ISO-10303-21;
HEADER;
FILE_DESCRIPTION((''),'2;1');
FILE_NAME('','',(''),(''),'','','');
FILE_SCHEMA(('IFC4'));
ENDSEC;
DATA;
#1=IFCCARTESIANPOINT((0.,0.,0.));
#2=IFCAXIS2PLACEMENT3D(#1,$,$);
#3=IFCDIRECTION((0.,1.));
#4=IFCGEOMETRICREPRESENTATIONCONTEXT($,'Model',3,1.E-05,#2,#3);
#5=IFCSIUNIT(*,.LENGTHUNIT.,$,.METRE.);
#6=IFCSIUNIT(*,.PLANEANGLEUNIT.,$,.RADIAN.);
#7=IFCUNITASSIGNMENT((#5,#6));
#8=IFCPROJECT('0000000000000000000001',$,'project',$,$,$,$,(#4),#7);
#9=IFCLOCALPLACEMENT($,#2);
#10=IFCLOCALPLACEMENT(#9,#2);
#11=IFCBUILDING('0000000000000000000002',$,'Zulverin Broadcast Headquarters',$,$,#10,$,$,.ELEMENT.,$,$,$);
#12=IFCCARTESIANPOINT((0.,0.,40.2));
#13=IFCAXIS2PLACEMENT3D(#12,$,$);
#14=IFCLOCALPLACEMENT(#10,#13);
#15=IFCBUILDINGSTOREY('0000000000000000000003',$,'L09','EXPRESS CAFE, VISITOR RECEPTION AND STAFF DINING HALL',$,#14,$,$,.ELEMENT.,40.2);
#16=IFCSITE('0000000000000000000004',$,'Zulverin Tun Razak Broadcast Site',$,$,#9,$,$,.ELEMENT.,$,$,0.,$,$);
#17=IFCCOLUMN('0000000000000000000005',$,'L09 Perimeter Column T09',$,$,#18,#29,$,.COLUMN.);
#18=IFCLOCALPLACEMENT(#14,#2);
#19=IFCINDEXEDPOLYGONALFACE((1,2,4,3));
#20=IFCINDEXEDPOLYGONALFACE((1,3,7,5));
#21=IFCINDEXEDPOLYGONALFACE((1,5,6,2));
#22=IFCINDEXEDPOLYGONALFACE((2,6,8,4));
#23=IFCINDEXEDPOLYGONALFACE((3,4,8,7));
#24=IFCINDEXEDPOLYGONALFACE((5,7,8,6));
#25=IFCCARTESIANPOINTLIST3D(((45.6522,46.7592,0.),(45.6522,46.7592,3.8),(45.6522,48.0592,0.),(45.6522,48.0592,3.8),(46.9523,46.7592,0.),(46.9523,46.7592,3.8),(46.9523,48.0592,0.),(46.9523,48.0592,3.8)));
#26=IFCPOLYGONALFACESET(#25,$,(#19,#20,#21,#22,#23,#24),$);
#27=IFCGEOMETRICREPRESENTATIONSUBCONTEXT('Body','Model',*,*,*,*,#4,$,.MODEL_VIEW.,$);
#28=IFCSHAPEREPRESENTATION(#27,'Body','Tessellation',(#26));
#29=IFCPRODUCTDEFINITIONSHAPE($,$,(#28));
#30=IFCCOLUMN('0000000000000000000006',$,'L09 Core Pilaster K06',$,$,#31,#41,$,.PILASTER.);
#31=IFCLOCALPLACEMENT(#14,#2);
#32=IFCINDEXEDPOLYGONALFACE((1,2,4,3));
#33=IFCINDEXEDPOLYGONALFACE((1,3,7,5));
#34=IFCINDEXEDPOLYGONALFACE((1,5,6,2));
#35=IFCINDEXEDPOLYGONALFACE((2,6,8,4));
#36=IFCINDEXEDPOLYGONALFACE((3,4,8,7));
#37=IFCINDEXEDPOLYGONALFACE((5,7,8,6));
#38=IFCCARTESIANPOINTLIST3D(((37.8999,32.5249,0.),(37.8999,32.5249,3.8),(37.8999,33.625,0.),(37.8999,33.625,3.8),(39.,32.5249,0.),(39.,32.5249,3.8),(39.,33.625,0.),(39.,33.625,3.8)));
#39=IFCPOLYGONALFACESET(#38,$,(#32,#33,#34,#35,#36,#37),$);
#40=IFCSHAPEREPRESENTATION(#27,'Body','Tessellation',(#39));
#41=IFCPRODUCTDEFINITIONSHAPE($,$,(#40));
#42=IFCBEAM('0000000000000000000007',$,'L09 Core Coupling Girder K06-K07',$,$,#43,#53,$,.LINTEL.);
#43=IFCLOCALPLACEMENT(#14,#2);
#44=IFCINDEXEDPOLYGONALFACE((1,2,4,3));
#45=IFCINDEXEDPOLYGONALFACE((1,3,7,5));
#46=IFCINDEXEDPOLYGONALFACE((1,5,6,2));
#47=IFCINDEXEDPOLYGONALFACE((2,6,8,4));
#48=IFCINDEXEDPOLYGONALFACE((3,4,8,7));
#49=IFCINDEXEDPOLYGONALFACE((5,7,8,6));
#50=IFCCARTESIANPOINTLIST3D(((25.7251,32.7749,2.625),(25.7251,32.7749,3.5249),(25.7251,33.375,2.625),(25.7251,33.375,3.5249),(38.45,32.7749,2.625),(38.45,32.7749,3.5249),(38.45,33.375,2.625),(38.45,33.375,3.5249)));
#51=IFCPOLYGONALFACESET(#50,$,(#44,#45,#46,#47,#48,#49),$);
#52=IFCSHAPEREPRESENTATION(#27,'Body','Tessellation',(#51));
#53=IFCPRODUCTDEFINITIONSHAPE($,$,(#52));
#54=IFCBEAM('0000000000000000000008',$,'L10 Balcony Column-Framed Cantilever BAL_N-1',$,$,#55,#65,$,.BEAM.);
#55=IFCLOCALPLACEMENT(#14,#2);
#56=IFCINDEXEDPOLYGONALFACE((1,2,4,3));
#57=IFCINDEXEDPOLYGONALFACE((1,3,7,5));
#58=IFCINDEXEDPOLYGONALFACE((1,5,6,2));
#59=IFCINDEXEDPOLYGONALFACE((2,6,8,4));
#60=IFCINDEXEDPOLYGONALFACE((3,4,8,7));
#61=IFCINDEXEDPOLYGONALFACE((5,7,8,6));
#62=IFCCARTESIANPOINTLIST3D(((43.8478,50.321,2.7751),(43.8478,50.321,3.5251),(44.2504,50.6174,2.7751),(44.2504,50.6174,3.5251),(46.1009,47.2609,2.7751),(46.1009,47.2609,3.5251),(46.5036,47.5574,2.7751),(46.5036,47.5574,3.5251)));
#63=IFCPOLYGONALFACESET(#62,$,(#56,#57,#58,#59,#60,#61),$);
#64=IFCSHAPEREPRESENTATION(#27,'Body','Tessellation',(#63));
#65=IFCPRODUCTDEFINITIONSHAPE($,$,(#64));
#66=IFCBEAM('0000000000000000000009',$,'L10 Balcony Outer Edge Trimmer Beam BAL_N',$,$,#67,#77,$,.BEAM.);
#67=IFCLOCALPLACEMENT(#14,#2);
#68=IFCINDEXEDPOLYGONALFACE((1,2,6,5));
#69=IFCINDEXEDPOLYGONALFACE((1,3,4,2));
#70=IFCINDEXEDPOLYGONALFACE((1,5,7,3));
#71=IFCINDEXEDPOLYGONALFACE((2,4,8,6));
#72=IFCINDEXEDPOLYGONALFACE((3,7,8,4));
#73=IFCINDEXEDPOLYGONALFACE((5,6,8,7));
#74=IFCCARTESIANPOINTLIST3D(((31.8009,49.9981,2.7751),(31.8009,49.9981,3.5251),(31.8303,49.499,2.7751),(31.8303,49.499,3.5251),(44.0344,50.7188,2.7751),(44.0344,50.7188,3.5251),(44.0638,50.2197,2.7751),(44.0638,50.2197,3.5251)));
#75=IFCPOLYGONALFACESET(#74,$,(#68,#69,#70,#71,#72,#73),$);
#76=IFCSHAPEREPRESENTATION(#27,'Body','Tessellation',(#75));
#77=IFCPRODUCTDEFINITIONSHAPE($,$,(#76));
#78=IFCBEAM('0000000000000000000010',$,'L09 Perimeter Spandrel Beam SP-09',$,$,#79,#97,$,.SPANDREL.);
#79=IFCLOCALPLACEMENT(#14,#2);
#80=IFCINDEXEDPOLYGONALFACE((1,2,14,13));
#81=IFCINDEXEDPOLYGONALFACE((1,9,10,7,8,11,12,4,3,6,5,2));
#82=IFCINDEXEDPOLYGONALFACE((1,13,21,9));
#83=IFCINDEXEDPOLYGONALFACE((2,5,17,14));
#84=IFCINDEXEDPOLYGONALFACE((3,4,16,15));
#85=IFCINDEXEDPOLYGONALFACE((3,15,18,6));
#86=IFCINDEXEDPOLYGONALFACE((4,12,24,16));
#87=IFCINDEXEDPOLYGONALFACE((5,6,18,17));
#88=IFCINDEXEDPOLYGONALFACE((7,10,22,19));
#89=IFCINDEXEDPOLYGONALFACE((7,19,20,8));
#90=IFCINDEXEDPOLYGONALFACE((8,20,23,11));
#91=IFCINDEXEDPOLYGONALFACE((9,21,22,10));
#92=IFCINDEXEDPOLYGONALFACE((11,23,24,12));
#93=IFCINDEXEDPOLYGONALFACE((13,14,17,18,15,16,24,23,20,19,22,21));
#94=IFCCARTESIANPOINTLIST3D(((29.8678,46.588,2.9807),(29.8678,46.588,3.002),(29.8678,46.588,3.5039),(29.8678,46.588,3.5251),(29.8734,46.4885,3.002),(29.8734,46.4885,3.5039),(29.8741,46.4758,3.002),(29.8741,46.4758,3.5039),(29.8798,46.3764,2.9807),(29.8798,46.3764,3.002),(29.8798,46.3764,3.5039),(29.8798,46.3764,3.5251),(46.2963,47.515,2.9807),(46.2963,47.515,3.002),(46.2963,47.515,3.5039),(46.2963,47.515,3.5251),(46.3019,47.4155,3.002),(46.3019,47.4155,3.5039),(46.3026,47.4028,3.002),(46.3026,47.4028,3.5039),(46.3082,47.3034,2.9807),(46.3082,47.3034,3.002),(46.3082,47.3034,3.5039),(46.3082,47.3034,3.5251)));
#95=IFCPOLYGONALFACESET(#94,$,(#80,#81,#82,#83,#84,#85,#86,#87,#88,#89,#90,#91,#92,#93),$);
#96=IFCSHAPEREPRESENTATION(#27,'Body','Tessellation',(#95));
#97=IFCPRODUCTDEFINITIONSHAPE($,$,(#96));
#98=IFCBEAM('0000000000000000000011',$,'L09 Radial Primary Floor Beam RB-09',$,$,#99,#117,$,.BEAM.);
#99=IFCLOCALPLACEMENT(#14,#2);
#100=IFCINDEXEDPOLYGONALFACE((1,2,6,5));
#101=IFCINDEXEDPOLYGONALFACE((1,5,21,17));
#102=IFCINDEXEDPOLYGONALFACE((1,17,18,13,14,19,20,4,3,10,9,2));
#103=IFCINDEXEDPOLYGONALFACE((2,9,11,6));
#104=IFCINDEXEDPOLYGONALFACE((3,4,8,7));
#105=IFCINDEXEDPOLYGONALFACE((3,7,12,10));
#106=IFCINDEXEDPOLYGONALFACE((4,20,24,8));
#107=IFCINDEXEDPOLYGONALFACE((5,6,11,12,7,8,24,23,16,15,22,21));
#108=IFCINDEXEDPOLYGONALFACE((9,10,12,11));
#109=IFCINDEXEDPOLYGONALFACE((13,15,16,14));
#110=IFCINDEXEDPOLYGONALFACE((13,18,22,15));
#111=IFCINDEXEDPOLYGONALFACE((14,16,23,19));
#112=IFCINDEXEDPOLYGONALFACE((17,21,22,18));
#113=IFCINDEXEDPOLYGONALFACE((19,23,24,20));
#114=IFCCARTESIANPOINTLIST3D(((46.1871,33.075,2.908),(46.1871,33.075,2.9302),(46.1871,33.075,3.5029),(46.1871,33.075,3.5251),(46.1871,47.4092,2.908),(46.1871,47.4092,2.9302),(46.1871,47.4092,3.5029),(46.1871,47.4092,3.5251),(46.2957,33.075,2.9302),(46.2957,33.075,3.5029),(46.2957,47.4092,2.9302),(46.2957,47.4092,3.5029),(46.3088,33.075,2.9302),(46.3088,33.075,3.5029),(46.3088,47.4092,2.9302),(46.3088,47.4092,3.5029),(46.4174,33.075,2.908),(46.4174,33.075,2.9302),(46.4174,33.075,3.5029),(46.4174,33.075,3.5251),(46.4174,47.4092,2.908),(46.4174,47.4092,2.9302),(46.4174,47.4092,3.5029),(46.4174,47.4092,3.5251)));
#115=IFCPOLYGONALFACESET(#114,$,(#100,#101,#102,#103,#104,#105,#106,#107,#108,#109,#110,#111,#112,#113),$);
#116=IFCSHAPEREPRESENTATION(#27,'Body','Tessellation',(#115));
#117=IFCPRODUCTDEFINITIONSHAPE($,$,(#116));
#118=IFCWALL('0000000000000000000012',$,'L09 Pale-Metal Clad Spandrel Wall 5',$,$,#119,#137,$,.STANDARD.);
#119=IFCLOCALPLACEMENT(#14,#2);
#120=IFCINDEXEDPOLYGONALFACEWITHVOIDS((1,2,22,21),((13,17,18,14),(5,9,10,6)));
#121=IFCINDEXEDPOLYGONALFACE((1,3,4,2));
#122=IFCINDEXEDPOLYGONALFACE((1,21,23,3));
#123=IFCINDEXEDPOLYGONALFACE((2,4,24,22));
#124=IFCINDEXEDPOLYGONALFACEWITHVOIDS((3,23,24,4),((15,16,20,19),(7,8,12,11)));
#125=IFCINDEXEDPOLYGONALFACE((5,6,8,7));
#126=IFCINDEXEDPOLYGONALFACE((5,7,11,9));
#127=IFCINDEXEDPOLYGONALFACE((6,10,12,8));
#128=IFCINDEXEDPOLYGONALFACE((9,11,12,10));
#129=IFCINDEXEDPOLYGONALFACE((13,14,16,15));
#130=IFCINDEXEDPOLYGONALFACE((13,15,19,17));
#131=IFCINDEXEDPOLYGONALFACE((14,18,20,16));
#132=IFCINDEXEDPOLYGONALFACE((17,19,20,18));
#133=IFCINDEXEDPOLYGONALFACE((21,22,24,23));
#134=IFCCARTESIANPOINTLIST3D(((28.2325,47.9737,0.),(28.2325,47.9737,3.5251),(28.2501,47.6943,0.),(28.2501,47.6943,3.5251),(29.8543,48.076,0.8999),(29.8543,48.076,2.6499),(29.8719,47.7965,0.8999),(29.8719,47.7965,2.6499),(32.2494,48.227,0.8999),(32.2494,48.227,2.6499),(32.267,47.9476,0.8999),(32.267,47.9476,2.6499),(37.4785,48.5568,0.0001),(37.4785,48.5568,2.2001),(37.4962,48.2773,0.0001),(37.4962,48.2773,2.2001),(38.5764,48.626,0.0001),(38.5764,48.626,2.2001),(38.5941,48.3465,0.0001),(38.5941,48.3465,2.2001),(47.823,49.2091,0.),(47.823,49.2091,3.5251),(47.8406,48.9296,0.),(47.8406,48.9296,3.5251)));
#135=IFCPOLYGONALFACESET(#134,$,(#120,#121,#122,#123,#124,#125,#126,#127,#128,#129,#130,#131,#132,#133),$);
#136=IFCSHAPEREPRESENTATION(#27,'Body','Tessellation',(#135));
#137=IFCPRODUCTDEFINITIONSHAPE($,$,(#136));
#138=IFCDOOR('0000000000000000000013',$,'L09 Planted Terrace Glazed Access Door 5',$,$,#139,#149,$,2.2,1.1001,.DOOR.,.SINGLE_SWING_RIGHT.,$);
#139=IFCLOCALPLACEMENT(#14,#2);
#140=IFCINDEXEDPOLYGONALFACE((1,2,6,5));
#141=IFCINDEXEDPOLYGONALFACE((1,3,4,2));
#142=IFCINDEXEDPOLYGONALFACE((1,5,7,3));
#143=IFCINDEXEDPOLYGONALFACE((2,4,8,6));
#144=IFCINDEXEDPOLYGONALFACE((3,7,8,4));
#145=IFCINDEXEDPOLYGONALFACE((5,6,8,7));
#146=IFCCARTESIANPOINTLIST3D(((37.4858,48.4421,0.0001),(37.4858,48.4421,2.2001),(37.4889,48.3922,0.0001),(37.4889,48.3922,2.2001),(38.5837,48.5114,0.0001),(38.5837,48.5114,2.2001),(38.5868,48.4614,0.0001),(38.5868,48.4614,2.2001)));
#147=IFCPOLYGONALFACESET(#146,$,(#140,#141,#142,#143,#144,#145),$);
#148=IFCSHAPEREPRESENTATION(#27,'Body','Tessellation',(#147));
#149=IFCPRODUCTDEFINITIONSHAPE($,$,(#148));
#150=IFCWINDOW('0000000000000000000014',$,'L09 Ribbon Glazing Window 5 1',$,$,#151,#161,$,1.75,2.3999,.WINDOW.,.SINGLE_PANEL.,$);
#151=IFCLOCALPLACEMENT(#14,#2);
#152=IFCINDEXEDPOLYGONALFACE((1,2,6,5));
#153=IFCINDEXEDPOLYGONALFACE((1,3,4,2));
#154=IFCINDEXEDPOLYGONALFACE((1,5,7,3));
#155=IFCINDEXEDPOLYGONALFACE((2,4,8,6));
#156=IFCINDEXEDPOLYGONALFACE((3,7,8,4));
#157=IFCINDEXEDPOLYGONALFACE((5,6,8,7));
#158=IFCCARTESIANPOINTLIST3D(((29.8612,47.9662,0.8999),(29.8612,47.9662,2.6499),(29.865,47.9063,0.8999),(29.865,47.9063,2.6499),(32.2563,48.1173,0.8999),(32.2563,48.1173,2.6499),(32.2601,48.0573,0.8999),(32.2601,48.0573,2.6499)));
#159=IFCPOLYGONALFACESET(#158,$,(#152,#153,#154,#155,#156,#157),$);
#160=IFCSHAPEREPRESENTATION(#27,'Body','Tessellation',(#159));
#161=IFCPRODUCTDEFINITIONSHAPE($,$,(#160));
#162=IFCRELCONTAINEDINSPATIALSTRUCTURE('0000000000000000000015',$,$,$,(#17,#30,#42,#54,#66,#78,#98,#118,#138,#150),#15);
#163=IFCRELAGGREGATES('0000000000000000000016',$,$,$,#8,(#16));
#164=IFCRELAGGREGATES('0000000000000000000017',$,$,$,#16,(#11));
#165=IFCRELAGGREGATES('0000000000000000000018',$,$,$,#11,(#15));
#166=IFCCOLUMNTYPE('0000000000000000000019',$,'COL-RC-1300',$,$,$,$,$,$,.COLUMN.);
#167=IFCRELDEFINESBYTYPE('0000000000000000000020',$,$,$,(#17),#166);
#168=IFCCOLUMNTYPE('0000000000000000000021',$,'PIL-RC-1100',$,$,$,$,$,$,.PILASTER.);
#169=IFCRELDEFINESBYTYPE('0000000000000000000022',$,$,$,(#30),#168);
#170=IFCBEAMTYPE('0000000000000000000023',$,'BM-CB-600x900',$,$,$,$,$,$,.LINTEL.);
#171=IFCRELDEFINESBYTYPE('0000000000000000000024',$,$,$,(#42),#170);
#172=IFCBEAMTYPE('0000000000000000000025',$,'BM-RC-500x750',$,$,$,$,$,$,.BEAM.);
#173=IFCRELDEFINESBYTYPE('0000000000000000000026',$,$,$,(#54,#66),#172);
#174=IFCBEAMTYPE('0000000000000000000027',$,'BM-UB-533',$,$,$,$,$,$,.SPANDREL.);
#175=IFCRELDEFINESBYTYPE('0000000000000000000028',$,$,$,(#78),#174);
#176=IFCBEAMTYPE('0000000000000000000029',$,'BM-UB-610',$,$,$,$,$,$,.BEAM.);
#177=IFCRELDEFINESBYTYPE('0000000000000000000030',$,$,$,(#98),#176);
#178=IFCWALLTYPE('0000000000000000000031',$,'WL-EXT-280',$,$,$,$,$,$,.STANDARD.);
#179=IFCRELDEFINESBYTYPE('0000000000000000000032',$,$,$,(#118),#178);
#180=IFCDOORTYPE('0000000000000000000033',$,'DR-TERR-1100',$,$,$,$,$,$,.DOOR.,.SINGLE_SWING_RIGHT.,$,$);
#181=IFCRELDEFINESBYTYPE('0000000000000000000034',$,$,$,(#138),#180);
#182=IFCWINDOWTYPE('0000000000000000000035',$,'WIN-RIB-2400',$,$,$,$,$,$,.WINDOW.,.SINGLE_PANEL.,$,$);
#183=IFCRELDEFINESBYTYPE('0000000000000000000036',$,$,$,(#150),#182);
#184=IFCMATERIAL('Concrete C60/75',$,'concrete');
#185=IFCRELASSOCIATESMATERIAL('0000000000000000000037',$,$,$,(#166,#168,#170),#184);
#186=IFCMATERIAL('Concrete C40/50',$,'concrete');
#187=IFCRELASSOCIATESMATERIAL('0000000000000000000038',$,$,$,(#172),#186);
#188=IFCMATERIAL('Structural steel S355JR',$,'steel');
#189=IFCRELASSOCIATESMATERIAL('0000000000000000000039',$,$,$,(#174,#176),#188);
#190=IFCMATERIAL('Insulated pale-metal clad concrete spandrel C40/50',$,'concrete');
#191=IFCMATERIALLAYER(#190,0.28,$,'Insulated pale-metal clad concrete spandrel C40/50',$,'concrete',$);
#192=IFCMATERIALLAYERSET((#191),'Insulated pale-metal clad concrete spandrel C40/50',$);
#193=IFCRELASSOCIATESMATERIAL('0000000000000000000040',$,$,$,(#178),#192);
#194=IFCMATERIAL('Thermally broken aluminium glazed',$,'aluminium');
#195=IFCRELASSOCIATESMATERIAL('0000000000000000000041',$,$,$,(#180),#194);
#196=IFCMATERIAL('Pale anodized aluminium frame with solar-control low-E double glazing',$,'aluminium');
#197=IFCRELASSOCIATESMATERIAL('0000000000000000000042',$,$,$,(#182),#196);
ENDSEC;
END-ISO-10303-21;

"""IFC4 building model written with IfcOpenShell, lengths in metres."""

from ifc_helpers import new_model, si_unit, direction, frame, frame_2d, origin, origin_2d, place, context, subcontext, project, spatial, rectangle, i_section, extrude, material, layer, layer_set, material_profile, profile_set, type_object, element, fill, save


model = new_model("IFC4")

# Units and contexts
model_context = context("Model", 3, precision=1e-05, world=origin(), true_north=direction((0.0, 1.0)))
body_context = subcontext(model_context, "Body", "Model", "MODEL_VIEW")
ifc_project = project(units=[si_unit("LENGTHUNIT", "METRE"), si_unit("PLANEANGLEUNIT", "RADIAN")], contexts=[model_context])

# Site, building, storey
site_placement = place(None, origin())
site = spatial("IfcSite", under=ifc_project, at=site_placement, Name="Zulverin Tun Razak Broadcast Site", CompositionType="ELEMENT", RefElevation=0.0)
building_placement = place(site_placement, origin())
building = spatial("IfcBuilding", under=site, at=building_placement, Name="Zulverin Broadcast Headquarters", CompositionType="ELEMENT")
storey_placement = place(building_placement, frame((0.0, 0.0, 40.2)))
storey = spatial("IfcBuildingStorey", under=building, at=storey_placement, Name="L09", Description="EXPRESS CAFE, VISITOR RECEPTION AND STAFF DINING HALL", CompositionType="ELEMENT", Elevation=40.2)

# Columns
ifc_material_1 = material(Name="Concrete C60/75", Category="concrete")
ifc_material_profile_1 = material_profile(ifc_material_1, rectangle(XDim=1.3, YDim=1.3, at=origin_2d()), Name="Concrete C60/75", Category="concrete")
ifc_profile_set_1 = profile_set([ifc_material_profile_1], Name="Concrete C60/75")
column_type_1 = type_object("IfcColumnType", Name="COL-RC-1300", PredefinedType="COLUMN", material=ifc_profile_set_1)
column_1_placement = place(storey_placement, frame((46.3022, 47.4092, 0.0), z_axis=(0.0, 0.0, 1.0), x_axis=(1.0, 0.0, 0.0)))
element("IfcColumn", 1, at=column_1_placement, inside=storey, type_object=column_type_1, Name="L09 Perimeter Column T09", PredefinedType="COLUMN", context=body_context, shape_type="SweptSolid", body=[
    extrude(rectangle(XDim=1.3, YDim=1.3, at=origin_2d()), origin(), (0.0, 0.0, 1.0), 3.8),
])
ifc_material_profile_2 = material_profile(ifc_material_1, rectangle(XDim=1.1001, YDim=1.1001, at=origin_2d()), Name="Concrete C60/75", Category="concrete")
ifc_profile_set_2 = profile_set([ifc_material_profile_2], Name="Concrete C60/75")
column_type_2 = type_object("IfcColumnType", Name="PIL-RC-1100", PredefinedType="PILASTER", material=ifc_profile_set_2)
column_2_placement = place(storey_placement, frame((38.45, 33.075, 0.0), z_axis=(0.0, 0.0, 1.0), x_axis=(1.0, 0.0, 0.0)))
element("IfcColumn", 2, at=column_2_placement, inside=storey, type_object=column_type_2, Name="L09 Core Pilaster K06", PredefinedType="PILASTER", context=body_context, shape_type="SweptSolid", body=[
    extrude(rectangle(XDim=1.1001, YDim=1.1001, at=origin_2d()), origin(), (0.0, 0.0, 1.0), 3.8),
])

# Beams
ifc_material_profile_3 = material_profile(ifc_material_1, rectangle(XDim=0.6001, YDim=0.8999, at=origin_2d()), Name="Concrete C60/75", Category="concrete")
ifc_profile_set_3 = profile_set([ifc_material_profile_3], Name="Concrete C60/75")
beam_type_1 = type_object("IfcBeamType", Name="BM-CB-600x900", PredefinedType="LINTEL", material=ifc_profile_set_3)
beam_1_placement = place(storey_placement, frame((38.45, 33.075, 3.075), z_axis=(-1.0, 0.0, 0.0), x_axis=(0.0, -1.0, 0.0)))
element("IfcBeam", 3, at=beam_1_placement, inside=storey, type_object=beam_type_1, Name="L09 Core Coupling Girder K06-K07", PredefinedType="LINTEL", context=body_context, shape_type="SweptSolid", body=[
    extrude(rectangle(XDim=0.6001, YDim=0.8999, at=origin_2d()), origin(), (0.0, 0.0, 1.0), 12.7249),
])
ifc_material_2 = material(Name="Concrete C40/50", Category="concrete")
ifc_material_profile_4 = material_profile(ifc_material_2, rectangle(XDim=0.5, YDim=0.75, at=origin_2d()), Name="Concrete C40/50", Category="concrete")
ifc_profile_set_4 = profile_set([ifc_material_profile_4], Name="Concrete C40/50")
beam_type_2 = type_object("IfcBeamType", Name="BM-RC-500x750", PredefinedType="BEAM", material=ifc_profile_set_4)
beam_2_placement = place(storey_placement, frame((46.3022, 47.4092, 3.1501), z_axis=(-0.592925, 0.805258, 0.0), x_axis=(-0.805258, -0.592925, 0.0)))
element("IfcBeam", 4, at=beam_2_placement, inside=storey, type_object=beam_type_2, Name="L10 Balcony Column-Framed Cantilever BAL_N-1", PredefinedType="BEAM", context=body_context, shape_type="SweptSolid", body=[
    extrude(rectangle(XDim=0.5, YDim=0.75, at=origin_2d()), origin(), (0.0, 0.0, 1.0), 3.8),
])
beam_3_placement = place(storey_placement, frame((44.0491, 50.4692, 3.1501), z_axis=(-0.998269, -0.058811, 0.0), x_axis=(0.058811, -0.998269, 0.0)))
element("IfcBeam", 5, at=beam_3_placement, inside=storey, type_object=beam_type_2, Name="L10 Balcony Outer Edge Trimmer Beam BAL_N", PredefinedType="BEAM", context=body_context, shape_type="SweptSolid", body=[
    extrude(rectangle(XDim=0.5, YDim=0.75, at=origin_2d()), origin(), (0.0, 0.0, 1.0), 12.2546),
])
ifc_material_3 = material(Name="Structural steel S355JR", Category="steel")
ifc_material_profile_5 = material_profile(ifc_material_3, i_section(OverallWidth=0.2119, OverallDepth=0.5444, WebThickness=0.0127, FlangeThickness=0.0212, at=origin_2d()), Name="Structural steel S355JR", Category="steel")
ifc_profile_set_5 = profile_set([ifc_material_profile_5], Name="Structural steel S355JR")
beam_type_3 = type_object("IfcBeamType", Name="BM-UB-533", PredefinedType="SPANDREL", material=ifc_profile_set_5)
beam_4_placement = place(storey_placement, frame((46.3022, 47.4092, 3.2529), z_axis=(-0.998412, -0.056337, 0.0), x_axis=(0.056337, -0.998412, 0.0)))
element("IfcBeam", 6, at=beam_4_placement, inside=storey, type_object=beam_type_3, Name="L09 Perimeter Spandrel Beam SP-09", PredefinedType="SPANDREL", context=body_context, shape_type="SweptSolid", body=[
    extrude(i_section(OverallWidth=0.2119, OverallDepth=0.5444, WebThickness=0.0127, FlangeThickness=0.0212, at=origin_2d()), origin(), (0.0, 0.0, 1.0), 16.4546),
])
ifc_material_profile_6 = material_profile(ifc_material_3, i_section(OverallWidth=0.2302, OverallDepth=0.6172, WebThickness=0.0132, FlangeThickness=0.0222, at=origin_2d()), Name="Structural steel S355JR", Category="steel")
ifc_profile_set_6 = profile_set([ifc_material_profile_6], Name="Structural steel S355JR")
beam_type_4 = type_object("IfcBeamType", Name="BM-UB-610", PredefinedType="BEAM", material=ifc_profile_set_6)
beam_5_placement = place(storey_placement, frame((46.3022, 33.075, 3.2166), z_axis=(0.0, 1.0, 0.0), x_axis=(-1.0, 0.0, 0.0)))
element("IfcBeam", 7, at=beam_5_placement, inside=storey, type_object=beam_type_4, Name="L09 Radial Primary Floor Beam RB-09", PredefinedType="BEAM", context=body_context, shape_type="SweptSolid", body=[
    extrude(i_section(OverallWidth=0.2302, OverallDepth=0.6172, WebThickness=0.0132, FlangeThickness=0.0222, at=origin_2d()), origin(), (0.0, 0.0, 1.0), 14.3342),
])

# Wall, openings, door, window
ifc_material_4 = material(Name="Insulated pale-metal clad concrete spandrel C40/50", Category="concrete")
ifc_layer_1 = layer(ifc_material_4, 0.28, Name="Insulated pale-metal clad concrete spandrel C40/50", Category="concrete")
ifc_layer_set_1 = layer_set([ifc_layer_1], Name="Insulated pale-metal clad concrete spandrel C40/50")
wall_type_1 = type_object("IfcWallType", Name="WL-EXT-280", PredefinedType="STANDARD", material=ifc_layer_set_1)
wall_1_placement = place(storey_placement, frame((47.8318, 49.0693, 0.0), z_axis=(0.0, 0.0, 1.0), x_axis=(-0.998018, -0.062933, 0.0)))
wall_1 = element("IfcWall", 8, at=wall_1_placement, inside=storey, type_object=wall_type_1, Name="L09 Pale-Metal Clad Spandrel Wall 5", PredefinedType="STANDARD", context=body_context, shape_type="SweptSolid", body=[
    extrude(rectangle(XDim=19.6294, YDim=0.28, at=frame_2d((9.8147, 0.0))), origin(), (0.0, 0.0, 1.0), 3.5251),
])
opening_1_placement = place(wall_1_placement, frame((9.2649, 0.0, 0.0)))
opening_1 = element("IfcOpeningElement", 9, at=opening_1_placement, cuts=wall_1, PredefinedType="OPENING", context=body_context, shape_type="SweptSolid", body=[
    extrude(rectangle(XDim=1.1001, YDim=2.2, at=frame_2d((0.55, 1.1001))), frame((0.0, 0.1499, 0.0), z_axis=(0.0, -1.0, 0.0), x_axis=(1.0, 0.0, 0.0)), (0.0, 0.0, 1.0), 0.3),
])
opening_2_placement = place(wall_1_placement, frame((15.6045, 0.0, 0.8999)))
opening_2 = element("IfcOpeningElement", 10, at=opening_2_placement, cuts=wall_1, PredefinedType="OPENING", context=body_context, shape_type="SweptSolid", body=[
    extrude(rectangle(XDim=2.3999, YDim=1.75, at=frame_2d((1.2, 0.875))), frame((0.0, 0.1499, 0.0), z_axis=(0.0, -1.0, 0.0), x_axis=(1.0, 0.0, 0.0)), (0.0, 0.0, 1.0), 0.3),
])
ifc_material_5 = material(Name="Thermally broken aluminium glazed", Category="aluminium")
door_type = type_object("IfcDoorType", Name="DR-TERR-1100", OperationType="SINGLE_SWING_RIGHT", PredefinedType="DOOR", material=ifc_material_5)
door_placement = place(opening_1_placement, origin())
door = element("IfcDoor", 11, at=door_placement, inside=storey, type_object=door_type, Name="L09 Planted Terrace Glazed Access Door 5", OperationType="SINGLE_SWING_RIGHT", OverallHeight=2.2, OverallWidth=1.1001, PredefinedType="DOOR", context=body_context, shape_type="SweptSolid", body=[
    extrude(rectangle(XDim=1.1001, YDim=2.2, at=frame_2d((0.55, 1.1001))), frame((0.0, 0.0249, 0.0), z_axis=(0.0, -1.0, 0.0), x_axis=(1.0, 0.0, 0.0)), (0.0, 0.0, 1.0), 0.05),
])
fill(opening_1, door)
ifc_material_6 = material(Name="Pale anodized aluminium frame with solar-control low-E double glazing", Category="aluminium")
window_type = type_object("IfcWindowType", Name="WIN-RIB-2400", PartitioningType="SINGLE_PANEL", PredefinedType="WINDOW", material=ifc_material_6)
window_placement = place(opening_2_placement, origin())
window = element("IfcWindow", 12, at=window_placement, inside=storey, type_object=window_type, Name="L09 Ribbon Glazing Window 5 1", OverallHeight=1.75, OverallWidth=2.3999, PartitioningType="SINGLE_PANEL", PredefinedType="WINDOW", context=body_context, shape_type="SweptSolid", body=[
    extrude(rectangle(XDim=2.3999, YDim=1.75, at=frame_2d((1.2, 0.875))), frame((0.0, 0.03, 0.0), z_axis=(0.0, -1.0, 0.0), x_axis=(1.0, 0.0, 0.0)), (0.0, 0.0, 1.0), 0.0601),
])
fill(opening_2, window)

save(model, "model.ifc")
